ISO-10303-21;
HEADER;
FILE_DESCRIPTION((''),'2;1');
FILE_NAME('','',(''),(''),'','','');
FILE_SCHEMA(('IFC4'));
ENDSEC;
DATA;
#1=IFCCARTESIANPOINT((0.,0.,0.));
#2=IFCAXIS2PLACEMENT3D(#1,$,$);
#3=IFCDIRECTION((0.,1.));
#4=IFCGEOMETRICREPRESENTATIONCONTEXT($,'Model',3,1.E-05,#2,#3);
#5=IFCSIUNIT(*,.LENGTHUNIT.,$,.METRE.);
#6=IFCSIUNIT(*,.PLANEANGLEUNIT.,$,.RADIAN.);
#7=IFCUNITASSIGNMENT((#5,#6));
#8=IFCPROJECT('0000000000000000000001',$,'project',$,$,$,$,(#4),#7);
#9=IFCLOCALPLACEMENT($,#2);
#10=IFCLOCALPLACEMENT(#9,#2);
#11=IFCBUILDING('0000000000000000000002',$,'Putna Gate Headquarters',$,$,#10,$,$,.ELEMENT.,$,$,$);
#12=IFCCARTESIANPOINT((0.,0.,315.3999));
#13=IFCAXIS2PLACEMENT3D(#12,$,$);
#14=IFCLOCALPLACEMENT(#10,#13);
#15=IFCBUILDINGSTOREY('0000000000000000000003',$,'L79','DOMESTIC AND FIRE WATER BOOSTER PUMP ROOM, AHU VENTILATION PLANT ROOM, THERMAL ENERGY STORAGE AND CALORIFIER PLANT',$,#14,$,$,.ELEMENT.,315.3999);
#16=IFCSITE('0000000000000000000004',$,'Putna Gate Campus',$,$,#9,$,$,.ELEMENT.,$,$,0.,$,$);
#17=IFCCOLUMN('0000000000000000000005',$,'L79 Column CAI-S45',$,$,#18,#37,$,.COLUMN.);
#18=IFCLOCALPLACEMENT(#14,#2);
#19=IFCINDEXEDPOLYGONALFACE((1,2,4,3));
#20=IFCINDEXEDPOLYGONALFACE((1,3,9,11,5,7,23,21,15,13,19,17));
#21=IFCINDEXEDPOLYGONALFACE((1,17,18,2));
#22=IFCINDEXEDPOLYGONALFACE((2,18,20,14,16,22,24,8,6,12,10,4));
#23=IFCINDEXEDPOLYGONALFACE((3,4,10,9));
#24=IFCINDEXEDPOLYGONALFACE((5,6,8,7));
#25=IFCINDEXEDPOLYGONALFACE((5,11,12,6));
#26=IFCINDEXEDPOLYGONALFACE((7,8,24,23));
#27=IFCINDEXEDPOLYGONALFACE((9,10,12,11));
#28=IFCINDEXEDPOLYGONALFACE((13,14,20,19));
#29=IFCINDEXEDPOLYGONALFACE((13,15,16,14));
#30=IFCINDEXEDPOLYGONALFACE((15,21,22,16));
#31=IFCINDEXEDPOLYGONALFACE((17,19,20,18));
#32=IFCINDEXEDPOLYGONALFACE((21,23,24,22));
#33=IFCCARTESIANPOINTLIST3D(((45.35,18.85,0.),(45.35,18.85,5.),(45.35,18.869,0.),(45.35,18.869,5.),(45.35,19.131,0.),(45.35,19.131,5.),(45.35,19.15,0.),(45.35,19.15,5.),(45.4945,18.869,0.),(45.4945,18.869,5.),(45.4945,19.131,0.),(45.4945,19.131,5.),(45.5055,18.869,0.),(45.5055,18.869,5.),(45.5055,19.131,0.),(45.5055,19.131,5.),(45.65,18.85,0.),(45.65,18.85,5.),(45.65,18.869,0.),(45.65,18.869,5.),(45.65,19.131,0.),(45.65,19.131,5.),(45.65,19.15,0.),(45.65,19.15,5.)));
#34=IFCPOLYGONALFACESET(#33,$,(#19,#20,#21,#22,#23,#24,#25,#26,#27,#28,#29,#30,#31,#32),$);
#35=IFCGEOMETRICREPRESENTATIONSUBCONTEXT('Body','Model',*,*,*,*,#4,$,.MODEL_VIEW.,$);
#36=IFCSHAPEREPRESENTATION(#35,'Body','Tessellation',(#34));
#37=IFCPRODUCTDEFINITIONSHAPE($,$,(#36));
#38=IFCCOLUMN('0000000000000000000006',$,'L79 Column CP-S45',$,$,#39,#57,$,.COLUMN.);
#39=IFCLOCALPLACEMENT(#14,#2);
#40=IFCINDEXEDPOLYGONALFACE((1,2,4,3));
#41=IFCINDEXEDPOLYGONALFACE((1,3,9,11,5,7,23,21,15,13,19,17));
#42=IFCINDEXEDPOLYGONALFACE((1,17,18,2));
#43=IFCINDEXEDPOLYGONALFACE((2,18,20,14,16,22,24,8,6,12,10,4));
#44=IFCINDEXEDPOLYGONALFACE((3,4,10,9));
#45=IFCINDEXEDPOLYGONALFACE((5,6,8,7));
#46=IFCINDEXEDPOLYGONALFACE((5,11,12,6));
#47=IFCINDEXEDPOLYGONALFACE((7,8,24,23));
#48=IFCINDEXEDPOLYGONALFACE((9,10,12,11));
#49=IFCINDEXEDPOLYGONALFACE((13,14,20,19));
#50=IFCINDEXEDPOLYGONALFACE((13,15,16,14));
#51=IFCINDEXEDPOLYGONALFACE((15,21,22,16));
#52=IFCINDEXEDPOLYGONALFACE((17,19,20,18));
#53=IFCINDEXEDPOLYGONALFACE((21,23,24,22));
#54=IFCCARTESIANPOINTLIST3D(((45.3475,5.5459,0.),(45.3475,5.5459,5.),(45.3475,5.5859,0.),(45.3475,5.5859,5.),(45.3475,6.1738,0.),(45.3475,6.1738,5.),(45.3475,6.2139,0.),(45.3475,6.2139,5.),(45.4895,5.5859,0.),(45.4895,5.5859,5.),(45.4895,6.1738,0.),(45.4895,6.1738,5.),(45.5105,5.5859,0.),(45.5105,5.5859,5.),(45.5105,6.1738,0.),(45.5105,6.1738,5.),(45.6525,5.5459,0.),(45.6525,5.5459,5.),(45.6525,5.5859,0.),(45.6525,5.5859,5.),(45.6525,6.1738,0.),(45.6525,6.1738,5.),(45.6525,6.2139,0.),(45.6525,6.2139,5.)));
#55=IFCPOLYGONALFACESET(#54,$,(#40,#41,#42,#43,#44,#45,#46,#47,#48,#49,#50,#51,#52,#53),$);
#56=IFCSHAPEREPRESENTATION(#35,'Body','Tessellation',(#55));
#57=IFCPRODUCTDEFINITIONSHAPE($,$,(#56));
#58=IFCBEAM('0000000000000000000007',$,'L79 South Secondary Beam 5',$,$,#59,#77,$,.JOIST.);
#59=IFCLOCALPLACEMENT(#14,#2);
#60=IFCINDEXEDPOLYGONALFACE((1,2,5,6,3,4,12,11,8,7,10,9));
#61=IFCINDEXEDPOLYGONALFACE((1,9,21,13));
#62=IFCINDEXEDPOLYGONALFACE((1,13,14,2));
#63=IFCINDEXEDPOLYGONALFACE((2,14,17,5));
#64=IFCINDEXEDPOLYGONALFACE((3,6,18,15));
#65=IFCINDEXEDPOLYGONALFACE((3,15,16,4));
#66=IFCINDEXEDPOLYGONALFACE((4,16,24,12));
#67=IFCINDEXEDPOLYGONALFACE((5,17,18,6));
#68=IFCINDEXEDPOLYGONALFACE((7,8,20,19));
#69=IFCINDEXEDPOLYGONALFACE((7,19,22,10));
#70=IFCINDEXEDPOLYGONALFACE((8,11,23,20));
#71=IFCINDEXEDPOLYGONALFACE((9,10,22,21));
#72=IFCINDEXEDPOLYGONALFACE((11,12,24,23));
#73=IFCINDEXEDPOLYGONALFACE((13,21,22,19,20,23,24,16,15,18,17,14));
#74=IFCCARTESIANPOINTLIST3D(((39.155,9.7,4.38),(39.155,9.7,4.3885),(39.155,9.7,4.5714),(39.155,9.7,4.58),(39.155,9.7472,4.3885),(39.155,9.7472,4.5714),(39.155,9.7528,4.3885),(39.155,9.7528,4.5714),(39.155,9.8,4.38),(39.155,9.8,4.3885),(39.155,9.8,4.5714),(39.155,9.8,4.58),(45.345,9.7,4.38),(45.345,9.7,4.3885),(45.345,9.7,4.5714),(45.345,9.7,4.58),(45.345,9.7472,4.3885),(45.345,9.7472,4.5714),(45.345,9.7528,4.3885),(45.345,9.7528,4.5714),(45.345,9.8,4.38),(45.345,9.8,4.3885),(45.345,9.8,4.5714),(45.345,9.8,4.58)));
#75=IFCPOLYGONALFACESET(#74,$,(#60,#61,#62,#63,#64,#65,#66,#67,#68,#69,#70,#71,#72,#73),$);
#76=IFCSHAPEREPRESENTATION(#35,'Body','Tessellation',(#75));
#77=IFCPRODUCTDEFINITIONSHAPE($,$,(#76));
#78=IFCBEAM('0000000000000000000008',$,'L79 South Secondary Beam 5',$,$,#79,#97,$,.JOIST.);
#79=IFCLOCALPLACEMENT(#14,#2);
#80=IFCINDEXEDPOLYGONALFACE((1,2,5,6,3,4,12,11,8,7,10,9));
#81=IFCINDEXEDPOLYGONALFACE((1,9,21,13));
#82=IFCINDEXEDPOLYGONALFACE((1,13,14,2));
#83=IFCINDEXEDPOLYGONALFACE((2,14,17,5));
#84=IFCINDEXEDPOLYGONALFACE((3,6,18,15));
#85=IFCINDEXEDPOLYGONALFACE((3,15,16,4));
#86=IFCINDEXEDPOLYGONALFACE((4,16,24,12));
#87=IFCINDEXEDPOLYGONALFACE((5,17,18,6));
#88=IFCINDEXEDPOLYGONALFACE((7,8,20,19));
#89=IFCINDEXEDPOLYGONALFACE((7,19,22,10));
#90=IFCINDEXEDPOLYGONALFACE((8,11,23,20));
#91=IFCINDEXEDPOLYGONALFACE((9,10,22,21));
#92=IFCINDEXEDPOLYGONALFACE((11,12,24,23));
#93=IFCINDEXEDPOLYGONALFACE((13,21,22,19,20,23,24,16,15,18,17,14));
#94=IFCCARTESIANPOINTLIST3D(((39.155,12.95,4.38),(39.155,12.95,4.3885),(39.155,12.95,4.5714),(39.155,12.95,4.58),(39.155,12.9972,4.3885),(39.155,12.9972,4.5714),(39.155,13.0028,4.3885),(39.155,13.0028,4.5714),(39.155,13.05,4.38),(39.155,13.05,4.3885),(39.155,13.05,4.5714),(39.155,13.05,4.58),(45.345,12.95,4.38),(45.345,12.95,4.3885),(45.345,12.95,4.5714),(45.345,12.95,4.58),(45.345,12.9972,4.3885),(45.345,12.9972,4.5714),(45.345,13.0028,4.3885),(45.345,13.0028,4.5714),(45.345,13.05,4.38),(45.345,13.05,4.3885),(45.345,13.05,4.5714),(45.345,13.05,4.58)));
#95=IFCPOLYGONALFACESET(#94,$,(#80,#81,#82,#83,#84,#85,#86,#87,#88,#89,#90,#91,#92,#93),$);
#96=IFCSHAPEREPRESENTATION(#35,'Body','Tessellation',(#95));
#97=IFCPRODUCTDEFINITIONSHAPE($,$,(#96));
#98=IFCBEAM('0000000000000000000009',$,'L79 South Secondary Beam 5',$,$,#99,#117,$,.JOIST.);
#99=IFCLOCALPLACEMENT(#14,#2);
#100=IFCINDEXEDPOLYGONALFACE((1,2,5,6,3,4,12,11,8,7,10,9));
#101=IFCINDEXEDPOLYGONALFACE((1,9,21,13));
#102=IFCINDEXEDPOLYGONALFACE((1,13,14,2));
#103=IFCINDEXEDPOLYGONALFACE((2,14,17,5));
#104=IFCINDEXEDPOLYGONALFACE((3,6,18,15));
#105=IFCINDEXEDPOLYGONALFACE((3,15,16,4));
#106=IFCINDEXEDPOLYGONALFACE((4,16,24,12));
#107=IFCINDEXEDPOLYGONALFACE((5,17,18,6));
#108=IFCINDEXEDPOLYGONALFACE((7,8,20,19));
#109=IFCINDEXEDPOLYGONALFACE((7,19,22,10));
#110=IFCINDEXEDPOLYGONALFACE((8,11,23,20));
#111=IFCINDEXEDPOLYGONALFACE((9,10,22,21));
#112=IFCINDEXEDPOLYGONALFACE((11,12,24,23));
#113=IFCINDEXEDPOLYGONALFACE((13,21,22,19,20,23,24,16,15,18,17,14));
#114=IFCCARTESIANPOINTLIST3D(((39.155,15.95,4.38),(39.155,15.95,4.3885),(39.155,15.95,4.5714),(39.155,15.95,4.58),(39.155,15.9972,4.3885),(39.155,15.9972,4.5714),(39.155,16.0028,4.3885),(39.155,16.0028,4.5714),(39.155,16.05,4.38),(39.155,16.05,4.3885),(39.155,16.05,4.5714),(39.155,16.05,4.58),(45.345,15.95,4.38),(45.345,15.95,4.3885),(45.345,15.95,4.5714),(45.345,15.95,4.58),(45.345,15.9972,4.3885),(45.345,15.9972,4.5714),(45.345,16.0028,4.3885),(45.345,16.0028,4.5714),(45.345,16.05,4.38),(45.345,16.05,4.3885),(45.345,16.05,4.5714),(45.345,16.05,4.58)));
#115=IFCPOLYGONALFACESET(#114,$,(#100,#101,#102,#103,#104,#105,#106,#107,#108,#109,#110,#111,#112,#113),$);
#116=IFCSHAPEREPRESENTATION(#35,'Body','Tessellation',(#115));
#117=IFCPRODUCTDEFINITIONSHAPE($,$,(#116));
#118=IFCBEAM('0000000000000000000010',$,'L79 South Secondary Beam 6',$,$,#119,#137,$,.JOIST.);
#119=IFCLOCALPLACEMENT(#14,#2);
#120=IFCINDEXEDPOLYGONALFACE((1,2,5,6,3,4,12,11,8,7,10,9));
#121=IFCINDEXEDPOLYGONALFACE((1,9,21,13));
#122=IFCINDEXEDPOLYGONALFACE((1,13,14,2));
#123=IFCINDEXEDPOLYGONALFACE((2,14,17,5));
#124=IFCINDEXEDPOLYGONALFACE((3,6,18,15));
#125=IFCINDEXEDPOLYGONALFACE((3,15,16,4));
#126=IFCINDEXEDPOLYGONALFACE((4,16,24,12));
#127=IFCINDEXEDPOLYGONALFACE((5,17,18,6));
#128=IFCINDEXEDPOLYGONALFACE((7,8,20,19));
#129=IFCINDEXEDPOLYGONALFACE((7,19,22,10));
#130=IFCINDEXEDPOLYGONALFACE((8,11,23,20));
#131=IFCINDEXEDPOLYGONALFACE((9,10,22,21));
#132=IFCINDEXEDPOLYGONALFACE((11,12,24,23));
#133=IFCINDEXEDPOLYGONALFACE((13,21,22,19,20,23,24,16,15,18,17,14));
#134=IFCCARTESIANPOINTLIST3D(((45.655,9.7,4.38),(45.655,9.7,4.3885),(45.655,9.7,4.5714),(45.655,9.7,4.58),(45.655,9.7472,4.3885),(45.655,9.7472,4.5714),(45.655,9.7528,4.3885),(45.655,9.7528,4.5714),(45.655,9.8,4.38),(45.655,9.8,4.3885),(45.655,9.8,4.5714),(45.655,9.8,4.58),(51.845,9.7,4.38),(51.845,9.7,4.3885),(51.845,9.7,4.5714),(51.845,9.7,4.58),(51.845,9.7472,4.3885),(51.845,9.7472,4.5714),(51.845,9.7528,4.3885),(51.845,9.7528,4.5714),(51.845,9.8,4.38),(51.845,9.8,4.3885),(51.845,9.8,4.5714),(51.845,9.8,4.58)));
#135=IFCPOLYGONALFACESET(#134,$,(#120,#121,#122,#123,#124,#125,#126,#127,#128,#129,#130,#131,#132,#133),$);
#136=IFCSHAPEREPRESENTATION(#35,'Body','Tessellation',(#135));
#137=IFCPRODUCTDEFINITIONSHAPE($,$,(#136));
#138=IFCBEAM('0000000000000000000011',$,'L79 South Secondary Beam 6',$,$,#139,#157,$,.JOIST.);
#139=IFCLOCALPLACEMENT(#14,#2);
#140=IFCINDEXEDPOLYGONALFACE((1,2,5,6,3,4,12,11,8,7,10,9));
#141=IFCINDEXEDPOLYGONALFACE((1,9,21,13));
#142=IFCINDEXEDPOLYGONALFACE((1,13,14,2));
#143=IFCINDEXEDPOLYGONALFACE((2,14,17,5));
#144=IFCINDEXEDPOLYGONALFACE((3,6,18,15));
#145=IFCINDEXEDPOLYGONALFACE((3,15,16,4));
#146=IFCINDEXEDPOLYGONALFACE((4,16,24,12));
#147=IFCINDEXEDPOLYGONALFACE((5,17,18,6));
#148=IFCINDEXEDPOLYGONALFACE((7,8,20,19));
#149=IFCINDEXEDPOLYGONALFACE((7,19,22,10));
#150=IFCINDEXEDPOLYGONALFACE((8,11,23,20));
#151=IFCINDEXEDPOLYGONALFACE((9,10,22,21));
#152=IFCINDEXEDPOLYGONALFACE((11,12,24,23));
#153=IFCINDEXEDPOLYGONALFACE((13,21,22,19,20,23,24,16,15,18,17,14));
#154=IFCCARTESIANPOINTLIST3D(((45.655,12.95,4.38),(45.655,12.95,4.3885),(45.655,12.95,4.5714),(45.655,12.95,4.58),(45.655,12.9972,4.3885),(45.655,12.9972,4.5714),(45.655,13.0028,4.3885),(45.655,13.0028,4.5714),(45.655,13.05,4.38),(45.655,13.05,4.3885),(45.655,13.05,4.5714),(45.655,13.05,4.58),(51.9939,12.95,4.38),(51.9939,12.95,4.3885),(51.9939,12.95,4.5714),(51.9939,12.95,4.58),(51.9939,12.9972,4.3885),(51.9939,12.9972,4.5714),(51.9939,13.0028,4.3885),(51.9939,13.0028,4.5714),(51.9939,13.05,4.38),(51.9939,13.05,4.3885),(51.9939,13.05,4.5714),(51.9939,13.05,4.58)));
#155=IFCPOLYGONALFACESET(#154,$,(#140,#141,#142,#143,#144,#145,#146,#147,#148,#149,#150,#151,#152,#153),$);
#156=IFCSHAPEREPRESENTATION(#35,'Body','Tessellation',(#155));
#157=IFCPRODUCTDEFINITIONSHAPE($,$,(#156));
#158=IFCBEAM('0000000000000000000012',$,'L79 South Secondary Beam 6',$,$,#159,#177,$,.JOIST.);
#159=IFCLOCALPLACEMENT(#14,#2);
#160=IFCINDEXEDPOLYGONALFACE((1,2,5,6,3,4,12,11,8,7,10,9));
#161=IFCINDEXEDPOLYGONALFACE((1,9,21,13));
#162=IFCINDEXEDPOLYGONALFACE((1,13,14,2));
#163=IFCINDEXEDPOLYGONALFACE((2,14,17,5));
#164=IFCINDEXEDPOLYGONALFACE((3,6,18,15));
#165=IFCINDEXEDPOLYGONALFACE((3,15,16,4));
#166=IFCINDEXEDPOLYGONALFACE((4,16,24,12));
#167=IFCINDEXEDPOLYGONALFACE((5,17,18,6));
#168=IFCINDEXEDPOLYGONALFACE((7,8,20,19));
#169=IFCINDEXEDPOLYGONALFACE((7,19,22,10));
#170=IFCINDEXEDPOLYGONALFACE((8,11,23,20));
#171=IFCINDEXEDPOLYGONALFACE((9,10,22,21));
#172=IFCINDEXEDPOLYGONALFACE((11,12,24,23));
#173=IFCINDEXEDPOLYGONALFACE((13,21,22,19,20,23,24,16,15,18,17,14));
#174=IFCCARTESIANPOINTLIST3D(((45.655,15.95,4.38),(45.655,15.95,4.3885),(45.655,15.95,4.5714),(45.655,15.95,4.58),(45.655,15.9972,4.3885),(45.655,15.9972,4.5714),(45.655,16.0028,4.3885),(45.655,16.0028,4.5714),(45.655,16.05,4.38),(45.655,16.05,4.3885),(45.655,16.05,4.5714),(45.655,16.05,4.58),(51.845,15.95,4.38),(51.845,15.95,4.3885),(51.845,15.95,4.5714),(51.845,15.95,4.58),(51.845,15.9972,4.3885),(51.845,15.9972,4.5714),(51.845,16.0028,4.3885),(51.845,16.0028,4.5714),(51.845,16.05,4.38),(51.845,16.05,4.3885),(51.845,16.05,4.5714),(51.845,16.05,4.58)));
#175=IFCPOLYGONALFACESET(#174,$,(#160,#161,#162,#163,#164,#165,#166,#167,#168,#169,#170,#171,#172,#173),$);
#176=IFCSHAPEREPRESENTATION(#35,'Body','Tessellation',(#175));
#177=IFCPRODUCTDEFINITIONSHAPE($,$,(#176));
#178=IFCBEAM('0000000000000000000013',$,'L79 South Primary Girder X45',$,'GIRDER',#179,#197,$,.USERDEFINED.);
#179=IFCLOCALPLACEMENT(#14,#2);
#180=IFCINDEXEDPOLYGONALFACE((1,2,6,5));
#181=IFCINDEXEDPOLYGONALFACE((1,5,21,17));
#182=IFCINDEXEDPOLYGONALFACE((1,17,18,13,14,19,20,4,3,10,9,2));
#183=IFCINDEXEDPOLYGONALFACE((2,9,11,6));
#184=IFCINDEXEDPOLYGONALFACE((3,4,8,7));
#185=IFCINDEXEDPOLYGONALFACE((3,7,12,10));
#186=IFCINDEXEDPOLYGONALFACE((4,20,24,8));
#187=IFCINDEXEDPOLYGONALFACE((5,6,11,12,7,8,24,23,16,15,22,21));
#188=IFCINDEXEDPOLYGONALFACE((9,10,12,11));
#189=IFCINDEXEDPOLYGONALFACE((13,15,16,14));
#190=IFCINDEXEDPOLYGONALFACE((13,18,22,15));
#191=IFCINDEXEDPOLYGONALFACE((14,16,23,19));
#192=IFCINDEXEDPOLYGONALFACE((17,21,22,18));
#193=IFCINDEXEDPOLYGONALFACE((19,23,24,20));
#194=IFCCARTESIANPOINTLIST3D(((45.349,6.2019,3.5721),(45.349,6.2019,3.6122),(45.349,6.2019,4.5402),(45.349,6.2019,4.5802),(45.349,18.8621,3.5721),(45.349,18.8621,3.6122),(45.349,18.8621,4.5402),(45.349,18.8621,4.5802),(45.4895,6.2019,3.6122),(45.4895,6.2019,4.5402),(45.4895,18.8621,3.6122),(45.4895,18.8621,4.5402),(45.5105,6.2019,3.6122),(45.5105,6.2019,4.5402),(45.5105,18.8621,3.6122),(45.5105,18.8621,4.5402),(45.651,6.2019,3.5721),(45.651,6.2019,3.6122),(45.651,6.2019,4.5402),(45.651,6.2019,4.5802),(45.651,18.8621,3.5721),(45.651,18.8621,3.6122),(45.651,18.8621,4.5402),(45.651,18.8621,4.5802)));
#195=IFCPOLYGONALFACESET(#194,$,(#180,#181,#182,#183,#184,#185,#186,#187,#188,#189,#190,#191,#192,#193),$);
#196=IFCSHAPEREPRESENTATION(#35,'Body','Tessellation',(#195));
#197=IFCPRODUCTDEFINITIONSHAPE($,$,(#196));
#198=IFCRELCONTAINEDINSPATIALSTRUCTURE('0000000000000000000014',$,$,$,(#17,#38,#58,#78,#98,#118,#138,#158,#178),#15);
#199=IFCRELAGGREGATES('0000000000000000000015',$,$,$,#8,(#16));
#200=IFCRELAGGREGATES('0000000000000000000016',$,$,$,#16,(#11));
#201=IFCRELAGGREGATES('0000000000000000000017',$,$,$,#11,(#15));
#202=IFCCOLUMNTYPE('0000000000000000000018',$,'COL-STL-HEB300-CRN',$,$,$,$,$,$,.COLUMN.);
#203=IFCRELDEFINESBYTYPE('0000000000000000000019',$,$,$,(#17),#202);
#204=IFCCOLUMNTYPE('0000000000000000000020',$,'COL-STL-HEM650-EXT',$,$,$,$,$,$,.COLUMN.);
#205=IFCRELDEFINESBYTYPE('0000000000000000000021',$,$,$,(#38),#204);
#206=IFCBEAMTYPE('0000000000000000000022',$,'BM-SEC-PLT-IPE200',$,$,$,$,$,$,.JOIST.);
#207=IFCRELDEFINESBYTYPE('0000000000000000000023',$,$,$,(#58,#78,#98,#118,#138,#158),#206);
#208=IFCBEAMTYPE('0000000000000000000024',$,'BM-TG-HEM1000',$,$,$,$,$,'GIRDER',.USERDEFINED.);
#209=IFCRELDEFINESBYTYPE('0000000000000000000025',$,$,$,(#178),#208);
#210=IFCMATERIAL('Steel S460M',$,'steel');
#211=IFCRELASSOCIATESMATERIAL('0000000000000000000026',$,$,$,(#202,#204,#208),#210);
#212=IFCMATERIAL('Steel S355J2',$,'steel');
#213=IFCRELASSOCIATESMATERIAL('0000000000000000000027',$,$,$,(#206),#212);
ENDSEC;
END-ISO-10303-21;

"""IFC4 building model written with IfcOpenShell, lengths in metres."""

from ifc_helpers import new_model, si_unit, direction, frame, origin, origin_2d, place, context, subcontext, project, spatial, i_section, extrude, material, material_profile, profile_set, type_object, element, save


model = new_model("IFC4")

# Units and contexts
model_context = context("Model", 3, precision=1e-05, world=origin(), true_north=direction((0.0, 1.0)))
body_context = subcontext(model_context, "Body", "Model", "MODEL_VIEW")
ifc_project = project(units=[si_unit("LENGTHUNIT", "METRE"), si_unit("PLANEANGLEUNIT", "RADIAN")], contexts=[model_context])

# Site, building, storey
site_placement = place(None, origin())
site = spatial("IfcSite", under=ifc_project, at=site_placement, Name="Putna Gate Campus", CompositionType="ELEMENT", RefElevation=0.0)
building_placement = place(site_placement, origin())
building = spatial("IfcBuilding", under=site, at=building_placement, Name="Putna Gate Headquarters", CompositionType="ELEMENT")
storey_placement = place(building_placement, frame((0.0, 0.0, 315.3999)))
storey = spatial("IfcBuildingStorey", under=building, at=storey_placement, Name="L79", Description="DOMESTIC AND FIRE WATER BOOSTER PUMP ROOM, AHU VENTILATION PLANT ROOM, THERMAL ENERGY STORAGE AND CALORIFIER PLANT", CompositionType="ELEMENT", Elevation=315.3999)

# Columns
ifc_material_1 = material(Name="Steel S460M", Category="steel")
ifc_material_profile_1 = material_profile(ifc_material_1, i_section(OverallWidth=0.3, OverallDepth=0.3, WebThickness=0.011, FlangeThickness=0.019, at=origin_2d()), Name="Steel S460M")
ifc_profile_set_1 = profile_set([ifc_material_profile_1], Name="Steel S460M")
column_type_1 = type_object("IfcColumnType", Name="COL-STL-HEB300-CRN", PredefinedType="COLUMN", material=ifc_profile_set_1)
column_1_placement = place(storey_placement, frame((45.5, 19.0, 0.0), z_axis=(0.0, 0.0, 1.0), x_axis=(1.0, 0.0, 0.0)))
element("IfcColumn", 1, at=column_1_placement, inside=storey, type_object=column_type_1, Name="L79 Column CAI-S45", PredefinedType="COLUMN", context=body_context, shape_type="SweptSolid", body=[
    extrude(i_section(OverallWidth=0.3, OverallDepth=0.3, WebThickness=0.011, FlangeThickness=0.019, at=origin_2d()), origin(), (0.0, 0.0, 1.0), 5.0),
])
ifc_material_profile_2 = material_profile(ifc_material_1, i_section(OverallWidth=0.3049, OverallDepth=0.668, WebThickness=0.021, FlangeThickness=0.04, at=origin_2d()), Name="Steel S460M")
ifc_profile_set_2 = profile_set([ifc_material_profile_2], Name="Steel S460M")
column_type_2 = type_object("IfcColumnType", Name="COL-STL-HEM650-EXT", PredefinedType="COLUMN", material=ifc_profile_set_2)
column_2_placement = place(storey_placement, frame((45.5, 5.8799, 0.0), z_axis=(0.0, 0.0, 1.0), x_axis=(1.0, 0.0, 0.0)))
element("IfcColumn", 2, at=column_2_placement, inside=storey, type_object=column_type_2, Name="L79 Column CP-S45", PredefinedType="COLUMN", context=body_context, shape_type="SweptSolid", body=[
    extrude(i_section(OverallWidth=0.3049, OverallDepth=0.668, WebThickness=0.021, FlangeThickness=0.04, at=origin_2d()), origin(), (0.0, 0.0, 1.0), 5.0),
])

# Beams
ifc_material_2 = material(Name="Steel S355J2", Category="steel")
ifc_material_profile_3 = material_profile(ifc_material_2, i_section(OverallWidth=0.1001, OverallDepth=0.2, WebThickness=0.0056, FlangeThickness=0.0085, at=origin_2d()), Name="Steel S355J2")
ifc_profile_set_3 = profile_set([ifc_material_profile_3], Name="Steel S355J2")
beam_type_1 = type_object("IfcBeamType", Name="BM-SEC-PLT-IPE200", PredefinedType="JOIST", material=ifc_profile_set_3)
for number, where, z_axis, x_axis, name in (
    (3, (39.155, 9.75, 4.48), (1.0, 0.0, 0.0), (0.0, 1.0, 0.0), "L79 South Secondary Beam 5"),
    (4, (39.155, 13.0, 4.48), (1.0, 0.0, 0.0), (0.0, 1.0, 0.0), "L79 South Secondary Beam 5"),
    (5, (39.155, 16.0, 4.48), (1.0, 0.0, 0.0), (0.0, 1.0, 0.0), "L79 South Secondary Beam 5"),
    (6, (45.655, 9.75, 4.48), (1.0, 0.0, 0.0), (0.0, 1.0, 0.0), "L79 South Secondary Beam 6"),
):
    element("IfcBeam", number, at=place(storey_placement, frame(where, z_axis=z_axis, x_axis=x_axis)), inside=storey, type_object=beam_type_1, Name=name, PredefinedType="JOIST", context=body_context, shape_type="SweptSolid", body=[
        extrude(i_section(OverallWidth=0.1001, OverallDepth=0.2, WebThickness=0.0056, FlangeThickness=0.0085, at=origin_2d()), origin(), (0.0, 0.0, 1.0), 6.1899),
    ])
beam_1_placement = place(storey_placement, frame((45.655, 13.0, 4.48), z_axis=(1.0, 0.0, 0.0), x_axis=(0.0, 1.0, 0.0)))
element("IfcBeam", 7, at=beam_1_placement, inside=storey, type_object=beam_type_1, Name="L79 South Secondary Beam 6", PredefinedType="JOIST", context=body_context, shape_type="SweptSolid", body=[
    extrude(i_section(OverallWidth=0.1001, OverallDepth=0.2, WebThickness=0.0056, FlangeThickness=0.0085, at=origin_2d()), origin(), (0.0, 0.0, 1.0), 6.3389),
])
beam_2_placement = place(storey_placement, frame((45.655, 16.0, 4.48), z_axis=(1.0, 0.0, 0.0), x_axis=(0.0, 1.0, 0.0)))
element("IfcBeam", 8, at=beam_2_placement, inside=storey, type_object=beam_type_1, Name="L79 South Secondary Beam 6", PredefinedType="JOIST", context=body_context, shape_type="SweptSolid", body=[
    extrude(i_section(OverallWidth=0.1001, OverallDepth=0.2, WebThickness=0.0056, FlangeThickness=0.0085, at=origin_2d()), origin(), (0.0, 0.0, 1.0), 6.1899),
])
ifc_material_profile_4 = material_profile(ifc_material_1, i_section(OverallWidth=0.302, OverallDepth=1.0081, WebThickness=0.021, FlangeThickness=0.04, at=origin_2d()), Name="Steel S460M")
ifc_profile_set_4 = profile_set([ifc_material_profile_4], Name="Steel S460M")
beam_type_2 = type_object("IfcBeamType", Name="BM-TG-HEM1000", ElementType="GIRDER", PredefinedType="USERDEFINED", material=ifc_profile_set_4)
beam_3_placement = place(storey_placement, frame((45.5, 6.2019, 4.0762), z_axis=(0.0, 1.0, 0.0), x_axis=(-1.0, 0.0, 0.0)))
element("IfcBeam", 9, at=beam_3_placement, inside=storey, type_object=beam_type_2, Name="L79 South Primary Girder X45", ObjectType="GIRDER", PredefinedType="USERDEFINED", context=body_context, shape_type="SweptSolid", body=[
    extrude(i_section(OverallWidth=0.302, OverallDepth=1.0081, WebThickness=0.021, FlangeThickness=0.04, at=origin_2d()), origin(), (0.0, 0.0, 1.0), 12.6602),
])

save(model, "model.ifc")
